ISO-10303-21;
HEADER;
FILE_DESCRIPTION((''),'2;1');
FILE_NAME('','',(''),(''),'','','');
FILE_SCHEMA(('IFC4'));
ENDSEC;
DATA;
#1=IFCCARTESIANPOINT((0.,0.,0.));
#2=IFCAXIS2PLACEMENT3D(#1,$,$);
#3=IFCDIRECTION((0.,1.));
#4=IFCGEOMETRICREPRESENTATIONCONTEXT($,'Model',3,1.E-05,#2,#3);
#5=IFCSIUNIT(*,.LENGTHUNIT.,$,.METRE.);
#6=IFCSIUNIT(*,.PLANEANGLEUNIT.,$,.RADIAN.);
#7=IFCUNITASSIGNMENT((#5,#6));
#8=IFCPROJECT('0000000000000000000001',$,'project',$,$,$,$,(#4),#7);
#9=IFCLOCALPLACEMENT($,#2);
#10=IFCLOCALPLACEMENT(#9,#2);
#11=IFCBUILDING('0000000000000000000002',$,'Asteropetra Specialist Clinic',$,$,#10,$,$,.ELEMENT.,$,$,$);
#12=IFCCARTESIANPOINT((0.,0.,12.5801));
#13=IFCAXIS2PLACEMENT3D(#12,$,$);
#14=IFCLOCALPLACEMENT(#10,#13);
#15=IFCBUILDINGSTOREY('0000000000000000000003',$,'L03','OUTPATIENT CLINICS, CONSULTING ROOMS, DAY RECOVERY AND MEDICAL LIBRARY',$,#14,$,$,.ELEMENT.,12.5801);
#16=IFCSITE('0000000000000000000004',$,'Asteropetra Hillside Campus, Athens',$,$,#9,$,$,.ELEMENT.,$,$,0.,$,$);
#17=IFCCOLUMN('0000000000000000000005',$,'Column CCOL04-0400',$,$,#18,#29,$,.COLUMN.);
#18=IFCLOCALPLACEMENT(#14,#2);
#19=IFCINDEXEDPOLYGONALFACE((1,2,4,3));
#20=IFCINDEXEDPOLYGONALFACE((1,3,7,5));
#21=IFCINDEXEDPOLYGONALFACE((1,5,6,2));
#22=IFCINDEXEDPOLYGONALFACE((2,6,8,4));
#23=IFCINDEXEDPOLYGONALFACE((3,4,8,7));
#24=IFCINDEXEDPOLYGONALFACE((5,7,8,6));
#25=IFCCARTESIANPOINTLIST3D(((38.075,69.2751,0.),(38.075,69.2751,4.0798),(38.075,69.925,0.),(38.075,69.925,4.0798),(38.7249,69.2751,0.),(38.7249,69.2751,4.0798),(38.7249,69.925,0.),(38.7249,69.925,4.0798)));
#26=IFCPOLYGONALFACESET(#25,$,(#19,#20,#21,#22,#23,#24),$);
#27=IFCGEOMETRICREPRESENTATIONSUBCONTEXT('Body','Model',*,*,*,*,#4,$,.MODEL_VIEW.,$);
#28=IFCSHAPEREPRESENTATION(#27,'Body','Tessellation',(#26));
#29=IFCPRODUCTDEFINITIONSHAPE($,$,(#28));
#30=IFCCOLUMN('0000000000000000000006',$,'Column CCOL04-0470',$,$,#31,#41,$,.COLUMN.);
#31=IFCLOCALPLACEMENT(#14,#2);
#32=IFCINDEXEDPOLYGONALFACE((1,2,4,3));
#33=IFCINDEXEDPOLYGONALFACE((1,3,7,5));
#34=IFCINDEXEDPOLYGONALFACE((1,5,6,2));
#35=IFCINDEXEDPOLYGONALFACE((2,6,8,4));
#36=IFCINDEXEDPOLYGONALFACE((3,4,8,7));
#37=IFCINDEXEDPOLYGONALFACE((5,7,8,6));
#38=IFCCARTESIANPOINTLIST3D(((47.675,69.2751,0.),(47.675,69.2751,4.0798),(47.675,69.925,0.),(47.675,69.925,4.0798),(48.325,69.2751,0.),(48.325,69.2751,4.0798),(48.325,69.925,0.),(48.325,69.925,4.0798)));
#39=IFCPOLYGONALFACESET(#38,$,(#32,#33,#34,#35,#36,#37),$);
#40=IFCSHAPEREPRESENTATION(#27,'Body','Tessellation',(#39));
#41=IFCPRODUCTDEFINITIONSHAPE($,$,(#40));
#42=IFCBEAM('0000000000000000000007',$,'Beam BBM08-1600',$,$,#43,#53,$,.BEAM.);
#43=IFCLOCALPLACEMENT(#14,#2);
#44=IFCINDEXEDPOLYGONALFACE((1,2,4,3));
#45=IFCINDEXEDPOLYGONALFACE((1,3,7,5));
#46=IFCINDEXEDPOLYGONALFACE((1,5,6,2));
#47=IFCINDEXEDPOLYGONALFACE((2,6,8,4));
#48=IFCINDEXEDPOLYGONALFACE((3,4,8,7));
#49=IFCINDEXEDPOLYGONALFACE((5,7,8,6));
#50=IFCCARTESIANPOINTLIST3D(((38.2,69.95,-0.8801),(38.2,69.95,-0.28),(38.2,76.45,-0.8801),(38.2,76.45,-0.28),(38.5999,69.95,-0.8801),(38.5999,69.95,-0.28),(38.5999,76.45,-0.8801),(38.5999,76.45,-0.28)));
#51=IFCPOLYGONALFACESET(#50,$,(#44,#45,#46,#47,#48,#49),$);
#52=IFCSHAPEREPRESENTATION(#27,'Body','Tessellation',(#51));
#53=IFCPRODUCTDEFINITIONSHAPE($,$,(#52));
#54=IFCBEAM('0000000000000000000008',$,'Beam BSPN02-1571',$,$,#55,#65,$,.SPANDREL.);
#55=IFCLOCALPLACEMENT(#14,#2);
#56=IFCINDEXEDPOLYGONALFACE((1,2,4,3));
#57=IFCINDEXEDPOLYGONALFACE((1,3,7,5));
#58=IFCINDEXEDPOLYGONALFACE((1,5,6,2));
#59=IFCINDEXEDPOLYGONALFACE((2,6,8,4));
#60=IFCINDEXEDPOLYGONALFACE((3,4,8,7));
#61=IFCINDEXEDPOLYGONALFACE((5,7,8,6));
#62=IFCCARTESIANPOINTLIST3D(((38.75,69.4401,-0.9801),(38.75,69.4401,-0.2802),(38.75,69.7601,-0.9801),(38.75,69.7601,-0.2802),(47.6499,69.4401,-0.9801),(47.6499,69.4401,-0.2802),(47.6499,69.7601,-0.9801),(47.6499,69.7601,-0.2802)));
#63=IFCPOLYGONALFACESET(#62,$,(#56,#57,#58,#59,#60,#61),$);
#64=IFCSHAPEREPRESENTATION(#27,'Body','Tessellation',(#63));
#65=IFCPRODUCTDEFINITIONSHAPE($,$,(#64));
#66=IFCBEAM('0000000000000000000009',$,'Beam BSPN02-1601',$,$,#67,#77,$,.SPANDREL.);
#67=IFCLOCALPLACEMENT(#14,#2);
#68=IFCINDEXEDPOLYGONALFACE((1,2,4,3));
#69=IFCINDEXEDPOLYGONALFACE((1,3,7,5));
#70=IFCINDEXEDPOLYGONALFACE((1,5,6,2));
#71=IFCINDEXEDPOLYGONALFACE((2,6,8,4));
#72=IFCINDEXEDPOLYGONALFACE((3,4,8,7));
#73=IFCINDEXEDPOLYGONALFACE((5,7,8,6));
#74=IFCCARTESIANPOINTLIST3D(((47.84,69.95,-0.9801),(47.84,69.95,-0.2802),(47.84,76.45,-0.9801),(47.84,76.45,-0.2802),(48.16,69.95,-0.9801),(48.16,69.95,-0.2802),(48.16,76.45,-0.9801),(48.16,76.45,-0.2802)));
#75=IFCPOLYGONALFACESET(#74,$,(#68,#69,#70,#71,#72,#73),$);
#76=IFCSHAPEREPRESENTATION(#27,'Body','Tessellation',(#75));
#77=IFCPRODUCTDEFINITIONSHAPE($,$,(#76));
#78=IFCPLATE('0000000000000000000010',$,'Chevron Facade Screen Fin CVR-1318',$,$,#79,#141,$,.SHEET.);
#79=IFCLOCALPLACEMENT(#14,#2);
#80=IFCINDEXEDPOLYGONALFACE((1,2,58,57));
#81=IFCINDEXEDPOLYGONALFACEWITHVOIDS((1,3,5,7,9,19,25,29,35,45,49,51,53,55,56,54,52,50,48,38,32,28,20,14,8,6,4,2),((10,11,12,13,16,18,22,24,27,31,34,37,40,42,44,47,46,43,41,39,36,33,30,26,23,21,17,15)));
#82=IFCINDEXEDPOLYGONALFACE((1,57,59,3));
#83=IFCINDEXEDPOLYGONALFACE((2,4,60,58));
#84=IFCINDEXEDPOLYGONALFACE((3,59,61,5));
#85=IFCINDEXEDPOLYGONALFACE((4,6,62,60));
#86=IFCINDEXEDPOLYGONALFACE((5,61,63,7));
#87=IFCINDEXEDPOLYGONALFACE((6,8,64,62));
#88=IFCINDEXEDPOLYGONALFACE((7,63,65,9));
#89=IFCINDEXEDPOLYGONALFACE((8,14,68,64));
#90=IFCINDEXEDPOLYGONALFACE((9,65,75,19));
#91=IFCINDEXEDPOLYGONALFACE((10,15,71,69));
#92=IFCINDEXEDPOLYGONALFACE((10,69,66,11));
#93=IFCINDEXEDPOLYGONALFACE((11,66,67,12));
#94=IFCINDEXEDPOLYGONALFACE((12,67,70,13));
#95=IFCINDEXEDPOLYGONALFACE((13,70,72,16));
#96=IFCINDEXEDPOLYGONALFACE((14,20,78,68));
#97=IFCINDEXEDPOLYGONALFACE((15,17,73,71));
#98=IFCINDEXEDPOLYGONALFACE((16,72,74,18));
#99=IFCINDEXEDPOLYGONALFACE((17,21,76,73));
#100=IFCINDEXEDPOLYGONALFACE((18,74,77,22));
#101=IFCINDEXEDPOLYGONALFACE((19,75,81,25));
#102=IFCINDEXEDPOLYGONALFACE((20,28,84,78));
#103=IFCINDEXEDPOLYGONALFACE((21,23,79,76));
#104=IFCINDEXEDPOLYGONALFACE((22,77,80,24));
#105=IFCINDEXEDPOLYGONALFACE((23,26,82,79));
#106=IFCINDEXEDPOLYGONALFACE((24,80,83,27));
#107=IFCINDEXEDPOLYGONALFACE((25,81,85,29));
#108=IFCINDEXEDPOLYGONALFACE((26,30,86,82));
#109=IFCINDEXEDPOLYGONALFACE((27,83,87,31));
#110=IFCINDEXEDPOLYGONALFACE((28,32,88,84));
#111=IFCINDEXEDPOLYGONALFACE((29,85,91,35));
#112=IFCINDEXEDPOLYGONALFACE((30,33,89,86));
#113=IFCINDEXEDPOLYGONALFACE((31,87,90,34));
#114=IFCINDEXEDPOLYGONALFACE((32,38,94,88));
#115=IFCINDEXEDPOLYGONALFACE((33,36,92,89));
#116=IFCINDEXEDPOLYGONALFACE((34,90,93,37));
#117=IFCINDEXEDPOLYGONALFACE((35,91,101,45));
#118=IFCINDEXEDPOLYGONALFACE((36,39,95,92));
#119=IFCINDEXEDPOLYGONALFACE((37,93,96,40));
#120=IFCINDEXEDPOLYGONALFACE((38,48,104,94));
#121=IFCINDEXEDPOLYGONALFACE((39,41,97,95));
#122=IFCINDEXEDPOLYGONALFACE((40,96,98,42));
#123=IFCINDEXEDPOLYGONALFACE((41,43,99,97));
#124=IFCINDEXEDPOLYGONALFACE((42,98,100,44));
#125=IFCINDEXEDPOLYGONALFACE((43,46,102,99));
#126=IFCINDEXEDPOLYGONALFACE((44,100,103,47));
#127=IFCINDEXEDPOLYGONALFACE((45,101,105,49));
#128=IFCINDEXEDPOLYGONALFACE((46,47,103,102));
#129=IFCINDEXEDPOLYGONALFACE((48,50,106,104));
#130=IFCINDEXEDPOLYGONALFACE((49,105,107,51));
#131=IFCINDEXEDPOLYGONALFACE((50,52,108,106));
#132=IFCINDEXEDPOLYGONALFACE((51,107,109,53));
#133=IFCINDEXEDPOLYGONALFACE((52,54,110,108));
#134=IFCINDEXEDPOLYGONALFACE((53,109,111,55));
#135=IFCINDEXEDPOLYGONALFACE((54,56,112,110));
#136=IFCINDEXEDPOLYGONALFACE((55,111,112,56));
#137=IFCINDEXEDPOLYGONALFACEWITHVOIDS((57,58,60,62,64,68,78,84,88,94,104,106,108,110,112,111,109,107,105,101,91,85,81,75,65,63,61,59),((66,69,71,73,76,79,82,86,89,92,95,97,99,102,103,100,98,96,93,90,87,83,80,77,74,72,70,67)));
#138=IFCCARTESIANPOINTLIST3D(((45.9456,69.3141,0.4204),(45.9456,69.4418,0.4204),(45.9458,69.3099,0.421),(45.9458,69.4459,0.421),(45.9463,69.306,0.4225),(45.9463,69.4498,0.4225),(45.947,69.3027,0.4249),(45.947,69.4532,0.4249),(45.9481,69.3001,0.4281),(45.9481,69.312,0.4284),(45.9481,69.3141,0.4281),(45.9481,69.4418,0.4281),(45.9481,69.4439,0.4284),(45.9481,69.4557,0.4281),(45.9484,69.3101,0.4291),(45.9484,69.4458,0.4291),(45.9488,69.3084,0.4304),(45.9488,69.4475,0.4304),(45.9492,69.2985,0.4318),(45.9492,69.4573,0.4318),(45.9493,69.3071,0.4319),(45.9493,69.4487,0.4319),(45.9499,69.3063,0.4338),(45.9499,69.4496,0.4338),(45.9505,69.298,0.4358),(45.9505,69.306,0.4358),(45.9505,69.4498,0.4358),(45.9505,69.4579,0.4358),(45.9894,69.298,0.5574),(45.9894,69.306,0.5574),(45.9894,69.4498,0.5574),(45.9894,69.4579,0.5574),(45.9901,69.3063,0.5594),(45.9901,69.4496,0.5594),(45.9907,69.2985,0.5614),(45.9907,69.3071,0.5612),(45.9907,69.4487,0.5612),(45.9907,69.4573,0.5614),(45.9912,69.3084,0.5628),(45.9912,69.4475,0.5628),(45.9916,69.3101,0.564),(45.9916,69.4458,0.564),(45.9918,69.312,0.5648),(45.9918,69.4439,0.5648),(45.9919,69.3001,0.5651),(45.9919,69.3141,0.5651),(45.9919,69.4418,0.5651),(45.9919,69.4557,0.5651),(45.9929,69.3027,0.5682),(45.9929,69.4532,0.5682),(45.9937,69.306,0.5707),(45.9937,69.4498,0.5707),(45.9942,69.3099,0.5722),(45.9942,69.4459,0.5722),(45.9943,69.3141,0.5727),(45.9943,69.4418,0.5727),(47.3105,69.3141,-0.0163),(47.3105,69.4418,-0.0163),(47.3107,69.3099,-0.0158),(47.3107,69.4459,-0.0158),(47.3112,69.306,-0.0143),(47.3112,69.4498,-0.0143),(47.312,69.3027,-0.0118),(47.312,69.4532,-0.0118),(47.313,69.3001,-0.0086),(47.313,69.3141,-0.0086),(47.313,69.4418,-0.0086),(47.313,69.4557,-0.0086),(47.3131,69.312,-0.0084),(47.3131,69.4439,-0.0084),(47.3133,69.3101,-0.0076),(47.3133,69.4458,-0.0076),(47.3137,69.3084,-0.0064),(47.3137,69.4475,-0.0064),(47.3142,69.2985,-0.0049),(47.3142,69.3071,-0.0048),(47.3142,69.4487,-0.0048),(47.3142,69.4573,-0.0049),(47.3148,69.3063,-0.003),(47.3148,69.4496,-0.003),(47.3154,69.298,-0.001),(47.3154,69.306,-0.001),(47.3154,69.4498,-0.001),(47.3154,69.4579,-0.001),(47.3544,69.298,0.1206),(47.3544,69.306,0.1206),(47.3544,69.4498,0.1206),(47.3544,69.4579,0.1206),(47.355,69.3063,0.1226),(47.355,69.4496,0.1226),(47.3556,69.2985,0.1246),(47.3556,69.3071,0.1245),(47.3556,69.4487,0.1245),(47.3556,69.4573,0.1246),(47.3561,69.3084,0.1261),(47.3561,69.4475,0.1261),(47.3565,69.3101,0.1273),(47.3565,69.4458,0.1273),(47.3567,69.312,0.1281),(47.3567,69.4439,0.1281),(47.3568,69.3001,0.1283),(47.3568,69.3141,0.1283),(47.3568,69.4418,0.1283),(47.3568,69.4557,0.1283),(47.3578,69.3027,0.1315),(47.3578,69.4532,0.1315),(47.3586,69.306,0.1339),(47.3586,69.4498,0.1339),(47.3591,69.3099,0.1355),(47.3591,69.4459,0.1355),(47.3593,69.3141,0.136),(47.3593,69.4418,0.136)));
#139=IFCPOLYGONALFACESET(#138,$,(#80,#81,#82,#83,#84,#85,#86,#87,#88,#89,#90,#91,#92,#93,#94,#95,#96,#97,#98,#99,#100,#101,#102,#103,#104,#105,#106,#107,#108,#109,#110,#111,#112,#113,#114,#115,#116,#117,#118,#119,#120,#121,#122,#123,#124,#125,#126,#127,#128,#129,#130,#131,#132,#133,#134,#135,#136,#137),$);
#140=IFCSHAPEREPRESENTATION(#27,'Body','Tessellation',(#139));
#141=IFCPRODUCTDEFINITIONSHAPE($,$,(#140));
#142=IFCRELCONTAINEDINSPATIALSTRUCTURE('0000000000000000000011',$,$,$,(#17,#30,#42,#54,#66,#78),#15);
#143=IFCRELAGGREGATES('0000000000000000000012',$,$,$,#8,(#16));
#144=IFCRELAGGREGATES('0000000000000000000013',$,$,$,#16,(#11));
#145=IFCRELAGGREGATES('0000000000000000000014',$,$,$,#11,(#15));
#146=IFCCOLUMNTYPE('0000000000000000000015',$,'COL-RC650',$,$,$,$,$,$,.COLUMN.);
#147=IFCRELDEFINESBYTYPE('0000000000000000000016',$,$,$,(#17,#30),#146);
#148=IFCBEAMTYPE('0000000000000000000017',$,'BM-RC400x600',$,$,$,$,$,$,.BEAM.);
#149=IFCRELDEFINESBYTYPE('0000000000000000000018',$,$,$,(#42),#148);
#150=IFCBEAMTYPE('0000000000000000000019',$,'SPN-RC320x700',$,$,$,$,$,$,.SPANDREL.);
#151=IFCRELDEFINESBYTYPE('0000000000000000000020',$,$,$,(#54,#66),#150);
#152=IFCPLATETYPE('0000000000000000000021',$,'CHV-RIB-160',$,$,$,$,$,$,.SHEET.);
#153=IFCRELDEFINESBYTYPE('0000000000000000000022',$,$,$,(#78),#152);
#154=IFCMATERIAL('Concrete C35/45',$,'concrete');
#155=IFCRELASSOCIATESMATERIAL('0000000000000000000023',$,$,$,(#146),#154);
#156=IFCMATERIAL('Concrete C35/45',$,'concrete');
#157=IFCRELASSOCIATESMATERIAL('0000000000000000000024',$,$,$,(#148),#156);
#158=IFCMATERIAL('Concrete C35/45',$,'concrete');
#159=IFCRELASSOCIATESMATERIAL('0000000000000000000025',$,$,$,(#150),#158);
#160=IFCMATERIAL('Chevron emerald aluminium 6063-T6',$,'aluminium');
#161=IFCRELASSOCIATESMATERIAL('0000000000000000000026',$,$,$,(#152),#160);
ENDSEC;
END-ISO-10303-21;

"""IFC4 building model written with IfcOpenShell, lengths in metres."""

from ifc_helpers import new_model, si_unit, direction, frame, origin, origin_2d, place, context, subcontext, project, spatial, rectangle, hollow_rectangle, extrude, material, material_profile, profile_set, type_object, element, save


model = new_model("IFC4")

# Units and contexts
model_context = context("Model", 3, precision=1e-05, world=origin(), true_north=direction((0.0, 1.0)))
body_context = subcontext(model_context, "Body", "Model", "MODEL_VIEW")
ifc_project = project(units=[si_unit("LENGTHUNIT", "METRE"), si_unit("PLANEANGLEUNIT", "RADIAN")], contexts=[model_context])

# Site, building, storey
site_placement = place(None, origin())
site = spatial("IfcSite", under=ifc_project, at=site_placement, Name="Asteropetra Hillside Campus, Athens", CompositionType="ELEMENT", RefElevation=0.0)
building_placement = place(site_placement, origin())
building = spatial("IfcBuilding", under=site, at=building_placement, Name="Asteropetra Specialist Clinic", CompositionType="ELEMENT")
storey_placement = place(building_placement, frame((0.0, 0.0, 12.5801)))
storey = spatial("IfcBuildingStorey", under=building, at=storey_placement, Name="L03", Description="OUTPATIENT CLINICS, CONSULTING ROOMS, DAY RECOVERY AND MEDICAL LIBRARY", CompositionType="ELEMENT", Elevation=12.5801)

# Columns
ifc_material_1 = material(Name="Concrete C35/45", Category="concrete")
ifc_material_profile_1 = material_profile(ifc_material_1, rectangle(XDim=0.6499, YDim=0.6499, at=origin_2d()), Name="RC 650x650")
ifc_profile_set_1 = profile_set([ifc_material_profile_1], Name="Concrete C35/45")
column_type = type_object("IfcColumnType", Name="COL-RC650", PredefinedType="COLUMN", material=ifc_profile_set_1)
for number, where, z_axis, x_axis, name in (
    (1, (38.3999, 69.6001, 0.0), (0.0, 0.0, 1.0), (1.0, 0.0, 0.0), "Column CCOL04-0400"),
    (2, (48.0, 69.6001, 0.0), (0.0, 0.0, 1.0), (1.0, 0.0, 0.0), "Column CCOL04-0470"),
):
    element("IfcColumn", number, at=place(storey_placement, frame(where, z_axis=z_axis, x_axis=x_axis)), inside=storey, type_object=column_type, Name=name, PredefinedType="COLUMN", context=body_context, shape_type="SweptSolid", body=[
        extrude(rectangle(XDim=0.6499, YDim=0.6499, at=origin_2d()), origin(), (0.0, 0.0, 1.0), 4.0798),
    ])

# Beams
ifc_material_2 = material(Name="Concrete C35/45", Category="concrete")
ifc_material_profile_2 = material_profile(ifc_material_2, rectangle(XDim=0.3999, YDim=0.6001, at=origin_2d()), Name="RCB 400x600")
ifc_profile_set_2 = profile_set([ifc_material_profile_2], Name="Concrete C35/45")
beam_type_1 = type_object("IfcBeamType", Name="BM-RC400x600", PredefinedType="BEAM", material=ifc_profile_set_2)
beam_1_placement = place(storey_placement, frame((38.3999, 69.95, -0.5801), z_axis=(0.0, 1.0, 0.0), x_axis=(-1.0, 0.0, 0.0)))
element("IfcBeam", 3, at=beam_1_placement, inside=storey, type_object=beam_type_1, Name="Beam BBM08-1600", PredefinedType="BEAM", context=body_context, shape_type="SweptSolid", body=[
    extrude(rectangle(XDim=0.3999, YDim=0.6001, at=origin_2d()), origin(), (0.0, 0.0, 1.0), 6.5),
])
ifc_material_3 = material(Name="Concrete C35/45", Category="concrete")
ifc_material_profile_3 = material_profile(ifc_material_3, rectangle(XDim=0.3201, YDim=0.7, at=origin_2d()), Name="RCS 320x700")
ifc_profile_set_3 = profile_set([ifc_material_profile_3], Name="Concrete C35/45")
beam_type_2 = type_object("IfcBeamType", Name="SPN-RC320x700", PredefinedType="SPANDREL", material=ifc_profile_set_3)
beam_2_placement = place(storey_placement, frame((38.75, 69.6001, -0.6301), z_axis=(1.0, 0.0, 0.0), x_axis=(0.0, 1.0, 0.0)))
element("IfcBeam", 4, at=beam_2_placement, inside=storey, type_object=beam_type_2, Name="Beam BSPN02-1571", PredefinedType="SPANDREL", context=body_context, shape_type="SweptSolid", body=[
    extrude(rectangle(XDim=0.3201, YDim=0.7, at=origin_2d()), origin(), (0.0, 0.0, 1.0), 8.8999),
])
beam_3_placement = place(storey_placement, frame((48.0, 69.95, -0.6301), z_axis=(0.0, 1.0, 0.0), x_axis=(-1.0, 0.0, 0.0)))
element("IfcBeam", 5, at=beam_3_placement, inside=storey, type_object=beam_type_2, Name="Beam BSPN02-1601", PredefinedType="SPANDREL", context=body_context, shape_type="SweptSolid", body=[
    extrude(rectangle(XDim=0.3201, YDim=0.7, at=origin_2d()), origin(), (0.0, 0.0, 1.0), 6.5),
])

# Plate
ifc_material_4 = material(Name="Chevron emerald aluminium 6063-T6", Category="aluminium")
ifc_material_profile_4 = material_profile(ifc_material_4, hollow_rectangle(XDim=0.1599, YDim=0.1599, WallThickness=0.0081, InnerFilletRadius=0.0081, OuterFilletRadius=0.0161, at=origin_2d()), Name="SHS 160x160x8.0")
ifc_profile_set_4 = profile_set([ifc_material_profile_4], Name="Chevron emerald aluminium 6063-T6")
plate_type = type_object("IfcPlateType", Name="CHV-RIB-160", PredefinedType="SHEET", material=ifc_profile_set_4)
for number, where, z_axis, x_axis, name in (
    (6, (45.97, 69.3779, 0.4966), (0.95243, 0.0, -0.304757), (0.0, 1.0, 0.0), "Chevron Facade Screen Fin CVR-1318"),
):
    element("IfcPlate", number, at=place(storey_placement, frame(where, z_axis=z_axis, x_axis=x_axis)), inside=storey, type_object=plate_type, Name=name, PredefinedType="SHEET", context=body_context, shape_type="SweptSolid", body=[
        extrude(hollow_rectangle(XDim=0.1599, YDim=0.1599, WallThickness=0.0081, InnerFilletRadius=0.0081, OuterFilletRadius=0.0161, at=origin_2d()), origin(), (0.0, 0.0, 1.0), 1.4331),
    ])

save(model, "model.ifc")
